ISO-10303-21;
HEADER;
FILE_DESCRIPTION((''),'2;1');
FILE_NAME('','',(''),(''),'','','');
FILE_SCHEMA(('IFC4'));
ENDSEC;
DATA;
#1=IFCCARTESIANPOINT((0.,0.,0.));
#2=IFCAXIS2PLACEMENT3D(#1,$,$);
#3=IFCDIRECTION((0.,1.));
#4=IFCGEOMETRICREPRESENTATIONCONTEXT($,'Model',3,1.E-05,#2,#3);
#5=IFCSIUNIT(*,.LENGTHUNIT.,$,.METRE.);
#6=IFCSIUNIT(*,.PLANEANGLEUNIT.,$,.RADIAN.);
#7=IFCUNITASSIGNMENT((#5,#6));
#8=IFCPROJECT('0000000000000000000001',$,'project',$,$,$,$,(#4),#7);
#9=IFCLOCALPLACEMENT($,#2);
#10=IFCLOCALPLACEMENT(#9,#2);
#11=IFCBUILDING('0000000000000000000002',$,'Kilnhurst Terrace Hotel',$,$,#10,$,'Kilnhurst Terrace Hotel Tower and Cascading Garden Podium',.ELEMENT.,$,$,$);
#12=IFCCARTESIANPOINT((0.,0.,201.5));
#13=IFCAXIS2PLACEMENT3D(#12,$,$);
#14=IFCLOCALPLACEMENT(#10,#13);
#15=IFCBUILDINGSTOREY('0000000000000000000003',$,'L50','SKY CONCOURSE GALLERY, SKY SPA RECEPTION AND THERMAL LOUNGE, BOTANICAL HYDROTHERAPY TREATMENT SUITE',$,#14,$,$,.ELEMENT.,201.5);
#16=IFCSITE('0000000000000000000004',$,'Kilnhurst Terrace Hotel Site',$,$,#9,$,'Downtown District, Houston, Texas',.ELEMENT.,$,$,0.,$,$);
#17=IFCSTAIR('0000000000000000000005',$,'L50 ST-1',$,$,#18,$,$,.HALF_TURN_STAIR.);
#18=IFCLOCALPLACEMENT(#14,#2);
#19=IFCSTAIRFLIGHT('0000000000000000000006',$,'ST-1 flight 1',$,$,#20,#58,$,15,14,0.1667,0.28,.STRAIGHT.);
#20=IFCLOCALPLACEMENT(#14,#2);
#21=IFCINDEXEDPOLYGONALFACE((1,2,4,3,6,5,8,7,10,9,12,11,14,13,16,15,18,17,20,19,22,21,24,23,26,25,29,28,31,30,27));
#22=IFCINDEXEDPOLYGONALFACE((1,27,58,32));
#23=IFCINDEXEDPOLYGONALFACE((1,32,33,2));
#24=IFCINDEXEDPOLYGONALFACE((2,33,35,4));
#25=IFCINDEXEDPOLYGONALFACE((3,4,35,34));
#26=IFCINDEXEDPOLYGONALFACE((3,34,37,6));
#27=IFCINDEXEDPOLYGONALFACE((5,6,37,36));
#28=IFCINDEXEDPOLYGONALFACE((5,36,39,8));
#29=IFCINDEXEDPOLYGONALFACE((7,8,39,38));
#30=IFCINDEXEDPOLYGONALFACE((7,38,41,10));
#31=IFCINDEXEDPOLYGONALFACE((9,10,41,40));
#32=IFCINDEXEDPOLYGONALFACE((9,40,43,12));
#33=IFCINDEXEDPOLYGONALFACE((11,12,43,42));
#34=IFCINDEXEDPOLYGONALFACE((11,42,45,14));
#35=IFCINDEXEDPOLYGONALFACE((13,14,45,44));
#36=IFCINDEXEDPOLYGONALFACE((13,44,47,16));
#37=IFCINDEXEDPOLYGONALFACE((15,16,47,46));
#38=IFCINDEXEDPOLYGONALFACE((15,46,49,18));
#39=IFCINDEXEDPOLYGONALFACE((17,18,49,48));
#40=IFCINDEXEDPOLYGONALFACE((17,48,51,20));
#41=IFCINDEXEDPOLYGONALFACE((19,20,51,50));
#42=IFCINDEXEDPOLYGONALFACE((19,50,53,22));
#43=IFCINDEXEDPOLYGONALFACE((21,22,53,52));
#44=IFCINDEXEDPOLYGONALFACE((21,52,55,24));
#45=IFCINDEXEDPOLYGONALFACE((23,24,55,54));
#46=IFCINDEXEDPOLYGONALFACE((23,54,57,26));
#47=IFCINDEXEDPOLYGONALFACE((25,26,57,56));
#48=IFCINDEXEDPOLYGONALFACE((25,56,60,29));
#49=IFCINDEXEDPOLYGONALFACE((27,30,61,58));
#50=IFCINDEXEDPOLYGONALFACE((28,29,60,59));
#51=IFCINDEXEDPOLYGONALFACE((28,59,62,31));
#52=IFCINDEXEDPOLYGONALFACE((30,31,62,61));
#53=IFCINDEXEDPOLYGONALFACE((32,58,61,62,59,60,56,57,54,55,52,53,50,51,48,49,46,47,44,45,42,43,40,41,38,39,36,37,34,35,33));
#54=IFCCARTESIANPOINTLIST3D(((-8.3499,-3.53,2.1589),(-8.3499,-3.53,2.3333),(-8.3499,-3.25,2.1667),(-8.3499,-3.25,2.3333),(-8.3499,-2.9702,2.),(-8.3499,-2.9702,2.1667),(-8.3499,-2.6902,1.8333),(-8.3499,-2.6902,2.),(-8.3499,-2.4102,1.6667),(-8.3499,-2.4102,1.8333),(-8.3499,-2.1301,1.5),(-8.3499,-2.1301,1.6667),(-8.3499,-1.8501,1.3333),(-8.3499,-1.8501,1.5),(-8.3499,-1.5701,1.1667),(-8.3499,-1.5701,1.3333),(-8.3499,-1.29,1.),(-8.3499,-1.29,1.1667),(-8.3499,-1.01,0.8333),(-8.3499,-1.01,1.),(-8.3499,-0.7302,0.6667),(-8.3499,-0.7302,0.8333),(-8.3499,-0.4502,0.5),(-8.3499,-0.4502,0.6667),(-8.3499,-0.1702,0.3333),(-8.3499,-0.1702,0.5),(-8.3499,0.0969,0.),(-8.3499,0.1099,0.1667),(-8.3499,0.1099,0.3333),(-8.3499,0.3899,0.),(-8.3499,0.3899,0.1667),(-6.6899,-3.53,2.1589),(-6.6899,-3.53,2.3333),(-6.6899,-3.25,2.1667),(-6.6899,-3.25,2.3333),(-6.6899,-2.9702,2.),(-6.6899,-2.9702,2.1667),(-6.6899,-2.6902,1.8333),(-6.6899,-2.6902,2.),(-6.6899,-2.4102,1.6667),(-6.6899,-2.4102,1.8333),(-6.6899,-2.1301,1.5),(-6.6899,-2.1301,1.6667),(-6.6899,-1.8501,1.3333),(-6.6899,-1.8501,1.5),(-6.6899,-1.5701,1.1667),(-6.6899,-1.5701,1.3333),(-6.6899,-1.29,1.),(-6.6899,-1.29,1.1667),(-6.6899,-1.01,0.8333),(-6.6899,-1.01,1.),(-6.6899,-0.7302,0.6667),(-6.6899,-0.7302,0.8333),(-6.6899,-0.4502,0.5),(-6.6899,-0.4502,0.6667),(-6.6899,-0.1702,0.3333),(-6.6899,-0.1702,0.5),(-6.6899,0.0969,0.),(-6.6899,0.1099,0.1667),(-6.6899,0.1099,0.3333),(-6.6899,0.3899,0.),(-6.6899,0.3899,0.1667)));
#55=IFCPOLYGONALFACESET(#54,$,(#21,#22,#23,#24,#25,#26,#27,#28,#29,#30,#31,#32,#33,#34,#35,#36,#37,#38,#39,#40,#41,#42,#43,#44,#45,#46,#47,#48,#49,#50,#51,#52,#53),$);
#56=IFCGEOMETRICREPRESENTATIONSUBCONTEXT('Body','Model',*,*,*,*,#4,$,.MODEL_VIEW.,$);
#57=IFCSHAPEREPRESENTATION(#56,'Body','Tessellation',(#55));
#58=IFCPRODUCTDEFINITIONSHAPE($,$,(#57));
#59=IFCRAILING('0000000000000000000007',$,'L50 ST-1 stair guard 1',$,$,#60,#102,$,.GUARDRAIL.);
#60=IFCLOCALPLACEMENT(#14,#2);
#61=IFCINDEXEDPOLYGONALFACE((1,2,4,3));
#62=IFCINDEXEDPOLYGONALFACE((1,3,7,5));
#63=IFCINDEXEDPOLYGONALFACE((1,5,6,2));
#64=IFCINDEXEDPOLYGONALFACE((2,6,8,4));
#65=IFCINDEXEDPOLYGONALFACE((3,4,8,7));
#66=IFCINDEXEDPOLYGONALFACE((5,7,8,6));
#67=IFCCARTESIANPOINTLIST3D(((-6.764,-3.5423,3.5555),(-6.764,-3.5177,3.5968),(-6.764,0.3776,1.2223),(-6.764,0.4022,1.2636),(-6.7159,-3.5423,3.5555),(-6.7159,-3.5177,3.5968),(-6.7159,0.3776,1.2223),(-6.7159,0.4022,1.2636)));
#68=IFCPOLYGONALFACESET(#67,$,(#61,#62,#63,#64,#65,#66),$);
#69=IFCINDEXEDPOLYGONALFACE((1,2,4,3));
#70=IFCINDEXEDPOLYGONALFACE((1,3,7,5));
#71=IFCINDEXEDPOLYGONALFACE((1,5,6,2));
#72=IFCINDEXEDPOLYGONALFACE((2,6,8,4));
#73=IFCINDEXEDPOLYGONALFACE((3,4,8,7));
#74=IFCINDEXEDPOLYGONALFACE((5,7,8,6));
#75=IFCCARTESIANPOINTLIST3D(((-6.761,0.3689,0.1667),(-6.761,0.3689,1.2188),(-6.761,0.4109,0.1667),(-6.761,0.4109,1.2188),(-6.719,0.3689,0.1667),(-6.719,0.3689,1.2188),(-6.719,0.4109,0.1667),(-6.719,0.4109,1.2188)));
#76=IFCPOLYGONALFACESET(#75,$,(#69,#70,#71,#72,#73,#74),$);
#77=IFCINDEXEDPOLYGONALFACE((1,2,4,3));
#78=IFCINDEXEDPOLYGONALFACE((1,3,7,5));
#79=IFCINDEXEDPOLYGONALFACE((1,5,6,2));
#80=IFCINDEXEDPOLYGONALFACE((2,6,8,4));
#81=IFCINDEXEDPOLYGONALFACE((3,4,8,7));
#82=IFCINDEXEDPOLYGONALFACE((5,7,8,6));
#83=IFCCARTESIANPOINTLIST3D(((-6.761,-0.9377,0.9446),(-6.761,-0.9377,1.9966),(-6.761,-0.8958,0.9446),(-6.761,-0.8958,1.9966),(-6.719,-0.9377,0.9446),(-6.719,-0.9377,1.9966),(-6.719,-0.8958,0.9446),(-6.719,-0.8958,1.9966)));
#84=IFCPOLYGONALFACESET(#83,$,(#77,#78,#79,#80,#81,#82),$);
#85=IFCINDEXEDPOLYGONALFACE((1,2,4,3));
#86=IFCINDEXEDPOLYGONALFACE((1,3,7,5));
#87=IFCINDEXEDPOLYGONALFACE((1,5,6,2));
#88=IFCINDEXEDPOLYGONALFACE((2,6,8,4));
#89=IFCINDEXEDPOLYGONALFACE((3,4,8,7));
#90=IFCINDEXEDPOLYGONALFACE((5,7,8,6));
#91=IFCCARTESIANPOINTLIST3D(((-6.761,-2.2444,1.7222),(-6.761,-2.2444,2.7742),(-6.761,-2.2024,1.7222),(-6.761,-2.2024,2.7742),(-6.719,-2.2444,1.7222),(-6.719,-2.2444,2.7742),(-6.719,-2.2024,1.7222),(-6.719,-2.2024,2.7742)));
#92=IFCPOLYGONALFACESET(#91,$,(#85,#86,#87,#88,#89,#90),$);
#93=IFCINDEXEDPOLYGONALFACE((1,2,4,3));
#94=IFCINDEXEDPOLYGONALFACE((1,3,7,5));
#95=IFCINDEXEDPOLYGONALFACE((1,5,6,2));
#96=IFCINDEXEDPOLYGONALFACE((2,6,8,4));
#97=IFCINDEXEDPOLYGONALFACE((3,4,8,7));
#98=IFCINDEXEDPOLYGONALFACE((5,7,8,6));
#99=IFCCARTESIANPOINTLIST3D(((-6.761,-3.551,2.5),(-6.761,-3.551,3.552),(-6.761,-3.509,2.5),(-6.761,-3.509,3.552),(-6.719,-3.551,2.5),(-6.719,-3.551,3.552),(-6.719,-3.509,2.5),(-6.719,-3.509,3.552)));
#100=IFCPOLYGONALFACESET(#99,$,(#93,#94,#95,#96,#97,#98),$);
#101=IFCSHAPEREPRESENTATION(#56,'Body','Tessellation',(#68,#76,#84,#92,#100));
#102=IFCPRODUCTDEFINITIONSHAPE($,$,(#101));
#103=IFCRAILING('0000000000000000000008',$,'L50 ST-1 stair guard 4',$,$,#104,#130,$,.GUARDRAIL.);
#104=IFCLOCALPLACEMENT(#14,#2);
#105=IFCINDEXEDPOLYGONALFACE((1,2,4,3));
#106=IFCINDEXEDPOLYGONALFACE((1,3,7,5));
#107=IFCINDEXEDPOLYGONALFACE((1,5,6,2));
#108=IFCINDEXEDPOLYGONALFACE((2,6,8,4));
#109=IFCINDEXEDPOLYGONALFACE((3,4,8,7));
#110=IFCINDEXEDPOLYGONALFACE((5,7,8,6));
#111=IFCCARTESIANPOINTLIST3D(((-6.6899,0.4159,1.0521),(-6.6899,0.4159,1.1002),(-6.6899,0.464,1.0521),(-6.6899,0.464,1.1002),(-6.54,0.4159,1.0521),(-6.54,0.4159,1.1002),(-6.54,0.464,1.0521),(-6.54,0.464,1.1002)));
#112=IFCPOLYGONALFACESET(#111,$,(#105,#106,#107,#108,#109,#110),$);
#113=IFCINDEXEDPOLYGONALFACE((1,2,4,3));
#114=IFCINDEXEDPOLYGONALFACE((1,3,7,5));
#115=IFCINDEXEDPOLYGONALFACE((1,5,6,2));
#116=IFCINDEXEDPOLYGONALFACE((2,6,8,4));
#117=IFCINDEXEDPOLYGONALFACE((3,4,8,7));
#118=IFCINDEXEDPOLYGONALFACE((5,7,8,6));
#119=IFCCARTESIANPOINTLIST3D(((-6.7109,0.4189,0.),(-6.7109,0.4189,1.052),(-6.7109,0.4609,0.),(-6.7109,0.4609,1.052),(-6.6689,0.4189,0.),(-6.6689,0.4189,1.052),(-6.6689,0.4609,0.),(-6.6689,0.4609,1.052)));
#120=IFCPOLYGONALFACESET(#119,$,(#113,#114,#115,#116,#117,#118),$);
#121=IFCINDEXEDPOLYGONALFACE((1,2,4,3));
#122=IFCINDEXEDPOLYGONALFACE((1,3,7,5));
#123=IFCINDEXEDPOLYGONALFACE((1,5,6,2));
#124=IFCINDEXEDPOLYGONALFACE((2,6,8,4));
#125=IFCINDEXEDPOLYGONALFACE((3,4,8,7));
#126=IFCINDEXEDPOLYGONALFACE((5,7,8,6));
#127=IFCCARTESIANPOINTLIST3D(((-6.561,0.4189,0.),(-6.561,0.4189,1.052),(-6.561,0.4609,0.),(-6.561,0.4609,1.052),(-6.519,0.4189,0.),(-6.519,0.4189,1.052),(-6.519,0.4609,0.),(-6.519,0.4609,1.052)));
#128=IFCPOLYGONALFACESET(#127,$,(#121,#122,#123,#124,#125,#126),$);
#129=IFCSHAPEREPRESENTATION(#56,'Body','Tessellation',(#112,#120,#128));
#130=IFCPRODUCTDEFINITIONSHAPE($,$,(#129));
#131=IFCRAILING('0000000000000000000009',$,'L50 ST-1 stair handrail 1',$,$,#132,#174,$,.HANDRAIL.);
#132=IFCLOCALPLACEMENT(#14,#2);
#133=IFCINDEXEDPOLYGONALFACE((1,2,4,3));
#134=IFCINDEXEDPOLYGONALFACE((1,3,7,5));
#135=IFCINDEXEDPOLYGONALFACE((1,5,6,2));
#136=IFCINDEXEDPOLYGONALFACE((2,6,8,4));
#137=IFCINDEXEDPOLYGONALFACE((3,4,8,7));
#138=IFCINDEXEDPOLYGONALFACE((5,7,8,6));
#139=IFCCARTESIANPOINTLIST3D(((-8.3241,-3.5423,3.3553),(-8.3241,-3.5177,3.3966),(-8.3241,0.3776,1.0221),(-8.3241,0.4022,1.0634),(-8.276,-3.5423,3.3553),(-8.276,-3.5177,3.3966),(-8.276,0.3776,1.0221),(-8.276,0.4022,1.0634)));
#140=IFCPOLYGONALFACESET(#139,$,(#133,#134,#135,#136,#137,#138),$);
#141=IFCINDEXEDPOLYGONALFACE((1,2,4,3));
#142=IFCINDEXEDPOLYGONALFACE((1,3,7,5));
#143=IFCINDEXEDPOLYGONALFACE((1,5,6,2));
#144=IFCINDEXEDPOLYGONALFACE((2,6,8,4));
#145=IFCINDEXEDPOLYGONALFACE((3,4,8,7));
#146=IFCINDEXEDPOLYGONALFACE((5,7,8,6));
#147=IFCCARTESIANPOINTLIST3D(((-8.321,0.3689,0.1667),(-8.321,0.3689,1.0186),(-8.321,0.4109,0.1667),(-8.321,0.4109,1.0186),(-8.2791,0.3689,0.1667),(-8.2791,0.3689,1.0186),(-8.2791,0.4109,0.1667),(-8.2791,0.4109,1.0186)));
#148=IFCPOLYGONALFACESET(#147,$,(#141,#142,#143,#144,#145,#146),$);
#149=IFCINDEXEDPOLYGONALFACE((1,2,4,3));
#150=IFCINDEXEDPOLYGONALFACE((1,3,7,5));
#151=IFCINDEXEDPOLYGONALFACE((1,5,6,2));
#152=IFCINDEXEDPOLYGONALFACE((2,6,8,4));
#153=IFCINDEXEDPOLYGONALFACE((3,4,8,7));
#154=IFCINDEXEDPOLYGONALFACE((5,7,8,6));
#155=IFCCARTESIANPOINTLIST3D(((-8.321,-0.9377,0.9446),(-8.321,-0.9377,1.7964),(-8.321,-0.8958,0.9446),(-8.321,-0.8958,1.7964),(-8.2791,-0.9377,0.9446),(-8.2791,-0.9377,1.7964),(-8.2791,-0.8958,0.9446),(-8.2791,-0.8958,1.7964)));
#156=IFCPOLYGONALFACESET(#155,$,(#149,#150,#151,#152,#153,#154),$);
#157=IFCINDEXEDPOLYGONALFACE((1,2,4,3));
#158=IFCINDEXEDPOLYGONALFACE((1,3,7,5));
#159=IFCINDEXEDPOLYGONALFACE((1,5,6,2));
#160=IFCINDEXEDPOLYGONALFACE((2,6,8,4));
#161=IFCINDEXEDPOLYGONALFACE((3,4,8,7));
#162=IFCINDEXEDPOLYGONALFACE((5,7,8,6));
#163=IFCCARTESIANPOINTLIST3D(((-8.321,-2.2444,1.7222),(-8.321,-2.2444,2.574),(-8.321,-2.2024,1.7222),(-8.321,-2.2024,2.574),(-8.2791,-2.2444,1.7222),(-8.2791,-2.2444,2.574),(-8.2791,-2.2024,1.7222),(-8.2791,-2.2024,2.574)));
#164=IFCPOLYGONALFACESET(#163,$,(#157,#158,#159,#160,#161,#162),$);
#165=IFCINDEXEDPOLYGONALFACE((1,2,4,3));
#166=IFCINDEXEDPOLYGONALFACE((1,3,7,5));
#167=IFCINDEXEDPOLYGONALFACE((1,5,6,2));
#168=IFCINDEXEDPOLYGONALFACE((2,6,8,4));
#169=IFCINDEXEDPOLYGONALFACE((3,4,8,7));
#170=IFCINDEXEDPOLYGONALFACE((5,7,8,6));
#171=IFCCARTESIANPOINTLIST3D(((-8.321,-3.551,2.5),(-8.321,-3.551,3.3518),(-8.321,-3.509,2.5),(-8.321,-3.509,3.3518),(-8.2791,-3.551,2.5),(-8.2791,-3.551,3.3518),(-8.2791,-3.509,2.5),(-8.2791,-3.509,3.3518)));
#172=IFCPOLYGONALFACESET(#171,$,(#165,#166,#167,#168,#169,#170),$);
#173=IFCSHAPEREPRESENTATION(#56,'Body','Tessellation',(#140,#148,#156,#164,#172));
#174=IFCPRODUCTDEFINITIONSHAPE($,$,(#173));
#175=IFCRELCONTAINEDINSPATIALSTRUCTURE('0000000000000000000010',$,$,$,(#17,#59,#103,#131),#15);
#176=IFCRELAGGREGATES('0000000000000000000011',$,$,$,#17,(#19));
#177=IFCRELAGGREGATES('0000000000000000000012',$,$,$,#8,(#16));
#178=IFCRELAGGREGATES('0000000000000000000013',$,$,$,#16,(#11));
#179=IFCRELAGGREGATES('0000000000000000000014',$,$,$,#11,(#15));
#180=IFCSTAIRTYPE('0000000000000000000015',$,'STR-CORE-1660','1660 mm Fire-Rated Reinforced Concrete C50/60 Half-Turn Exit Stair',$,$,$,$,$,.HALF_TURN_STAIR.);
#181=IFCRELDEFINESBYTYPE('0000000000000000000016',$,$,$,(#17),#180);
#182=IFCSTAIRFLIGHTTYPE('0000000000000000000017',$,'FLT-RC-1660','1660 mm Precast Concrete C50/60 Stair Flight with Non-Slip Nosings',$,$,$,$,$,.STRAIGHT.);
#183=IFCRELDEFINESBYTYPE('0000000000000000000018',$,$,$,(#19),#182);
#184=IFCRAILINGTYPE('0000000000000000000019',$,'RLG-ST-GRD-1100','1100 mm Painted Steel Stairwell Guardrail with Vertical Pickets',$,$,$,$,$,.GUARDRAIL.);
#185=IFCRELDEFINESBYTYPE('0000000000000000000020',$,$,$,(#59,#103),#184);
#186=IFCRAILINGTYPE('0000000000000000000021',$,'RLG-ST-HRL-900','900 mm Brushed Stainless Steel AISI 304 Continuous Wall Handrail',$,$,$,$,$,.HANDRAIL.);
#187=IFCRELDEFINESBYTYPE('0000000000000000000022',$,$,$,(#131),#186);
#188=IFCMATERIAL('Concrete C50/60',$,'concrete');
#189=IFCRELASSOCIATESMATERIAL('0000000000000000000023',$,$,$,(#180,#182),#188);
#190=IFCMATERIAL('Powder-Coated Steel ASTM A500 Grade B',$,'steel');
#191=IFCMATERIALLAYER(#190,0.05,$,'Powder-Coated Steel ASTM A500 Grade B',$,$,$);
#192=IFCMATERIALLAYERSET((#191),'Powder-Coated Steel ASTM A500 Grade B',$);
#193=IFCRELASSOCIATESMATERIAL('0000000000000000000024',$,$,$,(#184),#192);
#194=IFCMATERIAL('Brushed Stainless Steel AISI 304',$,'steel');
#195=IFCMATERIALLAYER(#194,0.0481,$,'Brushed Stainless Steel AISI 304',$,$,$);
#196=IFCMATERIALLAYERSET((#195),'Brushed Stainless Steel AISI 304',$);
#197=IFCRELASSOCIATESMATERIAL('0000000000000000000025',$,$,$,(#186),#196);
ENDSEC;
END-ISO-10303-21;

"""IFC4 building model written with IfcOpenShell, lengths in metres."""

from ifc_helpers import new_model, si_unit, direction, frame, origin, origin_2d, place, context, subcontext, project, spatial, polyline, rectangle, outline, extrude, material, layer, layer_set, type_object, element, aggregate, save


model = new_model("IFC4")

# Units and contexts
model_context = context("Model", 3, precision=1e-05, world=origin(), true_north=direction((0.0, 1.0)))
body_context = subcontext(model_context, "Body", "Model", "MODEL_VIEW")
ifc_project = project(units=[si_unit("LENGTHUNIT", "METRE"), si_unit("PLANEANGLEUNIT", "RADIAN")], contexts=[model_context])

# Site, building, storey
site_placement = place(None, origin())
site = spatial("IfcSite", under=ifc_project, at=site_placement, Name="Kilnhurst Terrace Hotel Site", LongName="Downtown District, Houston, Texas", CompositionType="ELEMENT", RefElevation=0.0)
building_placement = place(site_placement, origin())
building = spatial("IfcBuilding", under=site, at=building_placement, Name="Kilnhurst Terrace Hotel", LongName="Kilnhurst Terrace Hotel Tower and Cascading Garden Podium", CompositionType="ELEMENT")
storey_placement = place(building_placement, frame((0.0, 0.0, 201.5)))
storey = spatial("IfcBuildingStorey", under=building, at=storey_placement, Name="L50", Description="SKY CONCOURSE GALLERY, SKY SPA RECEPTION AND THERMAL LOUNGE, BOTANICAL HYDROTHERAPY TREATMENT SUITE", CompositionType="ELEMENT", Elevation=201.5)

# Shared definitions
ifc_material_1 = material(Name="Concrete C50/60", Category="concrete")

# Stair, stair flight
stair_type = type_object("IfcStairType", Name="STR-CORE-1660", Description="1660 mm Fire-Rated Reinforced Concrete C50/60 Half-Turn Exit Stair", PredefinedType="HALF_TURN_STAIR", material=ifc_material_1)
stair_placement = place(storey_placement, origin())
stair = element("IfcStair", 1, at=stair_placement, inside=storey, type_object=stair_type, Name="L50 ST-1", PredefinedType="HALF_TURN_STAIR")
stair_flight_type = type_object("IfcStairFlightType", Name="FLT-RC-1660", Description="1660 mm Precast Concrete C50/60 Stair Flight with Non-Slip Nosings", PredefinedType="STRAIGHT", material=ifc_material_1)
stair_flight_placement = place(storey_placement, frame((-7.52, 0.3899, 0.0), z_axis=(0.0, 0.0, 1.0), x_axis=(0.0, -1.0, 0.0)))
stair_flight = element("IfcStairFlight", 2, at=stair_flight_placement, type_object=stair_flight_type, Name="ST-1 flight 1", NumberOfRisers=15, NumberOfTreads=14, PredefinedType="STRAIGHT", RiserHeight=0.1667, TreadLength=0.28, context=body_context, shape_type="SweptSolid", body=[
    extrude(outline(polyline([(0.0, 0.0), (0.0, 0.1667), (0.28, 0.1667), (0.28, 0.3333), (0.5601, 0.3333), (0.5601, 0.5), (0.8401, 0.5), (0.8401, 0.6667), (1.1201, 0.6667), (1.1201, 0.8333), (1.3999, 0.8333), (1.3999, 1.0), (1.6799, 1.0), (1.6799, 1.1667), (1.96, 1.1667), (1.96, 1.3333), (2.24, 1.3333), (2.24, 1.5), (2.52, 1.5), (2.52, 1.6667), (2.8, 1.6667), (2.8, 1.8333), (3.0801, 1.8333), (3.0801, 2.0), (3.3601, 2.0), (3.3601, 2.1667), (3.6399, 2.1667), (3.6399, 2.3333), (3.9199, 2.3333), (3.9199, 2.5), (3.9199, 2.1589), (0.293, 0.0), (0.0, 0.0)])), frame((0.0, 0.8301, 0.0), z_axis=(0.0, -1.0, 0.0), x_axis=(1.0, 0.0, 0.0)), (0.0, 0.0, 1.0), 1.6599),
])
aggregate(stair, [stair_flight])

# Railings
ifc_material_2 = material(Name="Powder-Coated Steel ASTM A500 Grade B", Category="steel")
ifc_layer_1 = layer(ifc_material_2, 0.05, Name="Powder-Coated Steel ASTM A500 Grade B")
ifc_layer_set_1 = layer_set([ifc_layer_1], Name="Powder-Coated Steel ASTM A500 Grade B")
railing_type_1 = type_object("IfcRailingType", Name="RLG-ST-GRD-1100", Description="1100 mm Painted Steel Stairwell Guardrail with Vertical Pickets", PredefinedType="GUARDRAIL", material=ifc_layer_set_1)
railing_1_placement = place(storey_placement, frame((-6.74, 0.3899, 0.1667)))
element("IfcRailing", 3, at=railing_1_placement, inside=storey, type_object=railing_type_1, Name="L50 ST-1 stair guard 1", PredefinedType="GUARDRAIL", context=body_context, shape_type="SweptSolid", body=[
    extrude(rectangle(XDim=0.0481, YDim=0.0481, at=origin_2d()), frame((0.0, 0.0, 1.0762), z_axis=(0.0, -0.859296, 0.511478), x_axis=(1.0, 0.0, 0.0)), (0.0, 0.0, 1.0), 4.5618),
    extrude(rectangle(XDim=0.042, YDim=0.042, at=origin_2d()), origin(), (0.0, 0.0, 1.0), 1.052),
    extrude(rectangle(XDim=0.042, YDim=0.042, at=origin_2d()), frame((0.0, -1.3066, 0.7778)), (0.0, 0.0, 1.0), 1.052),
    extrude(rectangle(XDim=0.042, YDim=0.042, at=origin_2d()), frame((0.0, -2.6133, 1.5554)), (0.0, 0.0, 1.0), 1.052),
    extrude(rectangle(XDim=0.042, YDim=0.042, at=origin_2d()), frame((0.0, -3.9199, 2.3333)), (0.0, 0.0, 1.0), 1.052),
])
railing_2_placement = place(storey_placement, frame((-6.6899, 0.4399, 0.0)))
element("IfcRailing", 4, at=railing_2_placement, inside=storey, type_object=railing_type_1, Name="L50 ST-1 stair guard 4", PredefinedType="GUARDRAIL", context=body_context, shape_type="SweptSolid", body=[
    extrude(rectangle(XDim=0.0481, YDim=0.0481, at=origin_2d()), frame((0.0, 0.0, 1.0762), z_axis=(1.0, 0.0, 0.0), x_axis=(0.0, 1.0, 0.0)), (0.0, 0.0, 1.0), 0.1499),
    extrude(rectangle(XDim=0.042, YDim=0.042, at=origin_2d()), origin(), (0.0, 0.0, 1.0), 1.052),
    extrude(rectangle(XDim=0.042, YDim=0.042, at=origin_2d()), frame((0.1499, 0.0, 0.0)), (0.0, 0.0, 1.0), 1.052),
])
ifc_material_3 = material(Name="Brushed Stainless Steel AISI 304", Category="steel")
ifc_layer_2 = layer(ifc_material_3, 0.0481, Name="Brushed Stainless Steel AISI 304")
ifc_layer_set_2 = layer_set([ifc_layer_2], Name="Brushed Stainless Steel AISI 304")
railing_type_2 = type_object("IfcRailingType", Name="RLG-ST-HRL-900", Description="900 mm Brushed Stainless Steel AISI 304 Continuous Wall Handrail", PredefinedType="HANDRAIL", material=ifc_layer_set_2)
railing_3_placement = place(storey_placement, frame((-8.3, 0.3899, 0.1667)))
element("IfcRailing", 5, at=railing_3_placement, inside=storey, type_object=railing_type_2, Name="L50 ST-1 stair handrail 1", PredefinedType="HANDRAIL", context=body_context, shape_type="SweptSolid", body=[
    extrude(rectangle(XDim=0.0481, YDim=0.0481, at=origin_2d()), frame((0.0, 0.0, 0.876), z_axis=(0.0, -0.859296, 0.511478), x_axis=(1.0, 0.0, 0.0)), (0.0, 0.0, 1.0), 4.5618),
    extrude(rectangle(XDim=0.042, YDim=0.042, at=origin_2d()), origin(), (0.0, 0.0, 1.0), 0.8518),
    extrude(rectangle(XDim=0.042, YDim=0.042, at=origin_2d()), frame((0.0, -1.3066, 0.7778)), (0.0, 0.0, 1.0), 0.8518),
    extrude(rectangle(XDim=0.042, YDim=0.042, at=origin_2d()), frame((0.0, -2.6133, 1.5554)), (0.0, 0.0, 1.0), 0.8518),
    extrude(rectangle(XDim=0.042, YDim=0.042, at=origin_2d()), frame((0.0, -3.9199, 2.3333)), (0.0, 0.0, 1.0), 0.8518),
])

save(model, "model.ifc")
